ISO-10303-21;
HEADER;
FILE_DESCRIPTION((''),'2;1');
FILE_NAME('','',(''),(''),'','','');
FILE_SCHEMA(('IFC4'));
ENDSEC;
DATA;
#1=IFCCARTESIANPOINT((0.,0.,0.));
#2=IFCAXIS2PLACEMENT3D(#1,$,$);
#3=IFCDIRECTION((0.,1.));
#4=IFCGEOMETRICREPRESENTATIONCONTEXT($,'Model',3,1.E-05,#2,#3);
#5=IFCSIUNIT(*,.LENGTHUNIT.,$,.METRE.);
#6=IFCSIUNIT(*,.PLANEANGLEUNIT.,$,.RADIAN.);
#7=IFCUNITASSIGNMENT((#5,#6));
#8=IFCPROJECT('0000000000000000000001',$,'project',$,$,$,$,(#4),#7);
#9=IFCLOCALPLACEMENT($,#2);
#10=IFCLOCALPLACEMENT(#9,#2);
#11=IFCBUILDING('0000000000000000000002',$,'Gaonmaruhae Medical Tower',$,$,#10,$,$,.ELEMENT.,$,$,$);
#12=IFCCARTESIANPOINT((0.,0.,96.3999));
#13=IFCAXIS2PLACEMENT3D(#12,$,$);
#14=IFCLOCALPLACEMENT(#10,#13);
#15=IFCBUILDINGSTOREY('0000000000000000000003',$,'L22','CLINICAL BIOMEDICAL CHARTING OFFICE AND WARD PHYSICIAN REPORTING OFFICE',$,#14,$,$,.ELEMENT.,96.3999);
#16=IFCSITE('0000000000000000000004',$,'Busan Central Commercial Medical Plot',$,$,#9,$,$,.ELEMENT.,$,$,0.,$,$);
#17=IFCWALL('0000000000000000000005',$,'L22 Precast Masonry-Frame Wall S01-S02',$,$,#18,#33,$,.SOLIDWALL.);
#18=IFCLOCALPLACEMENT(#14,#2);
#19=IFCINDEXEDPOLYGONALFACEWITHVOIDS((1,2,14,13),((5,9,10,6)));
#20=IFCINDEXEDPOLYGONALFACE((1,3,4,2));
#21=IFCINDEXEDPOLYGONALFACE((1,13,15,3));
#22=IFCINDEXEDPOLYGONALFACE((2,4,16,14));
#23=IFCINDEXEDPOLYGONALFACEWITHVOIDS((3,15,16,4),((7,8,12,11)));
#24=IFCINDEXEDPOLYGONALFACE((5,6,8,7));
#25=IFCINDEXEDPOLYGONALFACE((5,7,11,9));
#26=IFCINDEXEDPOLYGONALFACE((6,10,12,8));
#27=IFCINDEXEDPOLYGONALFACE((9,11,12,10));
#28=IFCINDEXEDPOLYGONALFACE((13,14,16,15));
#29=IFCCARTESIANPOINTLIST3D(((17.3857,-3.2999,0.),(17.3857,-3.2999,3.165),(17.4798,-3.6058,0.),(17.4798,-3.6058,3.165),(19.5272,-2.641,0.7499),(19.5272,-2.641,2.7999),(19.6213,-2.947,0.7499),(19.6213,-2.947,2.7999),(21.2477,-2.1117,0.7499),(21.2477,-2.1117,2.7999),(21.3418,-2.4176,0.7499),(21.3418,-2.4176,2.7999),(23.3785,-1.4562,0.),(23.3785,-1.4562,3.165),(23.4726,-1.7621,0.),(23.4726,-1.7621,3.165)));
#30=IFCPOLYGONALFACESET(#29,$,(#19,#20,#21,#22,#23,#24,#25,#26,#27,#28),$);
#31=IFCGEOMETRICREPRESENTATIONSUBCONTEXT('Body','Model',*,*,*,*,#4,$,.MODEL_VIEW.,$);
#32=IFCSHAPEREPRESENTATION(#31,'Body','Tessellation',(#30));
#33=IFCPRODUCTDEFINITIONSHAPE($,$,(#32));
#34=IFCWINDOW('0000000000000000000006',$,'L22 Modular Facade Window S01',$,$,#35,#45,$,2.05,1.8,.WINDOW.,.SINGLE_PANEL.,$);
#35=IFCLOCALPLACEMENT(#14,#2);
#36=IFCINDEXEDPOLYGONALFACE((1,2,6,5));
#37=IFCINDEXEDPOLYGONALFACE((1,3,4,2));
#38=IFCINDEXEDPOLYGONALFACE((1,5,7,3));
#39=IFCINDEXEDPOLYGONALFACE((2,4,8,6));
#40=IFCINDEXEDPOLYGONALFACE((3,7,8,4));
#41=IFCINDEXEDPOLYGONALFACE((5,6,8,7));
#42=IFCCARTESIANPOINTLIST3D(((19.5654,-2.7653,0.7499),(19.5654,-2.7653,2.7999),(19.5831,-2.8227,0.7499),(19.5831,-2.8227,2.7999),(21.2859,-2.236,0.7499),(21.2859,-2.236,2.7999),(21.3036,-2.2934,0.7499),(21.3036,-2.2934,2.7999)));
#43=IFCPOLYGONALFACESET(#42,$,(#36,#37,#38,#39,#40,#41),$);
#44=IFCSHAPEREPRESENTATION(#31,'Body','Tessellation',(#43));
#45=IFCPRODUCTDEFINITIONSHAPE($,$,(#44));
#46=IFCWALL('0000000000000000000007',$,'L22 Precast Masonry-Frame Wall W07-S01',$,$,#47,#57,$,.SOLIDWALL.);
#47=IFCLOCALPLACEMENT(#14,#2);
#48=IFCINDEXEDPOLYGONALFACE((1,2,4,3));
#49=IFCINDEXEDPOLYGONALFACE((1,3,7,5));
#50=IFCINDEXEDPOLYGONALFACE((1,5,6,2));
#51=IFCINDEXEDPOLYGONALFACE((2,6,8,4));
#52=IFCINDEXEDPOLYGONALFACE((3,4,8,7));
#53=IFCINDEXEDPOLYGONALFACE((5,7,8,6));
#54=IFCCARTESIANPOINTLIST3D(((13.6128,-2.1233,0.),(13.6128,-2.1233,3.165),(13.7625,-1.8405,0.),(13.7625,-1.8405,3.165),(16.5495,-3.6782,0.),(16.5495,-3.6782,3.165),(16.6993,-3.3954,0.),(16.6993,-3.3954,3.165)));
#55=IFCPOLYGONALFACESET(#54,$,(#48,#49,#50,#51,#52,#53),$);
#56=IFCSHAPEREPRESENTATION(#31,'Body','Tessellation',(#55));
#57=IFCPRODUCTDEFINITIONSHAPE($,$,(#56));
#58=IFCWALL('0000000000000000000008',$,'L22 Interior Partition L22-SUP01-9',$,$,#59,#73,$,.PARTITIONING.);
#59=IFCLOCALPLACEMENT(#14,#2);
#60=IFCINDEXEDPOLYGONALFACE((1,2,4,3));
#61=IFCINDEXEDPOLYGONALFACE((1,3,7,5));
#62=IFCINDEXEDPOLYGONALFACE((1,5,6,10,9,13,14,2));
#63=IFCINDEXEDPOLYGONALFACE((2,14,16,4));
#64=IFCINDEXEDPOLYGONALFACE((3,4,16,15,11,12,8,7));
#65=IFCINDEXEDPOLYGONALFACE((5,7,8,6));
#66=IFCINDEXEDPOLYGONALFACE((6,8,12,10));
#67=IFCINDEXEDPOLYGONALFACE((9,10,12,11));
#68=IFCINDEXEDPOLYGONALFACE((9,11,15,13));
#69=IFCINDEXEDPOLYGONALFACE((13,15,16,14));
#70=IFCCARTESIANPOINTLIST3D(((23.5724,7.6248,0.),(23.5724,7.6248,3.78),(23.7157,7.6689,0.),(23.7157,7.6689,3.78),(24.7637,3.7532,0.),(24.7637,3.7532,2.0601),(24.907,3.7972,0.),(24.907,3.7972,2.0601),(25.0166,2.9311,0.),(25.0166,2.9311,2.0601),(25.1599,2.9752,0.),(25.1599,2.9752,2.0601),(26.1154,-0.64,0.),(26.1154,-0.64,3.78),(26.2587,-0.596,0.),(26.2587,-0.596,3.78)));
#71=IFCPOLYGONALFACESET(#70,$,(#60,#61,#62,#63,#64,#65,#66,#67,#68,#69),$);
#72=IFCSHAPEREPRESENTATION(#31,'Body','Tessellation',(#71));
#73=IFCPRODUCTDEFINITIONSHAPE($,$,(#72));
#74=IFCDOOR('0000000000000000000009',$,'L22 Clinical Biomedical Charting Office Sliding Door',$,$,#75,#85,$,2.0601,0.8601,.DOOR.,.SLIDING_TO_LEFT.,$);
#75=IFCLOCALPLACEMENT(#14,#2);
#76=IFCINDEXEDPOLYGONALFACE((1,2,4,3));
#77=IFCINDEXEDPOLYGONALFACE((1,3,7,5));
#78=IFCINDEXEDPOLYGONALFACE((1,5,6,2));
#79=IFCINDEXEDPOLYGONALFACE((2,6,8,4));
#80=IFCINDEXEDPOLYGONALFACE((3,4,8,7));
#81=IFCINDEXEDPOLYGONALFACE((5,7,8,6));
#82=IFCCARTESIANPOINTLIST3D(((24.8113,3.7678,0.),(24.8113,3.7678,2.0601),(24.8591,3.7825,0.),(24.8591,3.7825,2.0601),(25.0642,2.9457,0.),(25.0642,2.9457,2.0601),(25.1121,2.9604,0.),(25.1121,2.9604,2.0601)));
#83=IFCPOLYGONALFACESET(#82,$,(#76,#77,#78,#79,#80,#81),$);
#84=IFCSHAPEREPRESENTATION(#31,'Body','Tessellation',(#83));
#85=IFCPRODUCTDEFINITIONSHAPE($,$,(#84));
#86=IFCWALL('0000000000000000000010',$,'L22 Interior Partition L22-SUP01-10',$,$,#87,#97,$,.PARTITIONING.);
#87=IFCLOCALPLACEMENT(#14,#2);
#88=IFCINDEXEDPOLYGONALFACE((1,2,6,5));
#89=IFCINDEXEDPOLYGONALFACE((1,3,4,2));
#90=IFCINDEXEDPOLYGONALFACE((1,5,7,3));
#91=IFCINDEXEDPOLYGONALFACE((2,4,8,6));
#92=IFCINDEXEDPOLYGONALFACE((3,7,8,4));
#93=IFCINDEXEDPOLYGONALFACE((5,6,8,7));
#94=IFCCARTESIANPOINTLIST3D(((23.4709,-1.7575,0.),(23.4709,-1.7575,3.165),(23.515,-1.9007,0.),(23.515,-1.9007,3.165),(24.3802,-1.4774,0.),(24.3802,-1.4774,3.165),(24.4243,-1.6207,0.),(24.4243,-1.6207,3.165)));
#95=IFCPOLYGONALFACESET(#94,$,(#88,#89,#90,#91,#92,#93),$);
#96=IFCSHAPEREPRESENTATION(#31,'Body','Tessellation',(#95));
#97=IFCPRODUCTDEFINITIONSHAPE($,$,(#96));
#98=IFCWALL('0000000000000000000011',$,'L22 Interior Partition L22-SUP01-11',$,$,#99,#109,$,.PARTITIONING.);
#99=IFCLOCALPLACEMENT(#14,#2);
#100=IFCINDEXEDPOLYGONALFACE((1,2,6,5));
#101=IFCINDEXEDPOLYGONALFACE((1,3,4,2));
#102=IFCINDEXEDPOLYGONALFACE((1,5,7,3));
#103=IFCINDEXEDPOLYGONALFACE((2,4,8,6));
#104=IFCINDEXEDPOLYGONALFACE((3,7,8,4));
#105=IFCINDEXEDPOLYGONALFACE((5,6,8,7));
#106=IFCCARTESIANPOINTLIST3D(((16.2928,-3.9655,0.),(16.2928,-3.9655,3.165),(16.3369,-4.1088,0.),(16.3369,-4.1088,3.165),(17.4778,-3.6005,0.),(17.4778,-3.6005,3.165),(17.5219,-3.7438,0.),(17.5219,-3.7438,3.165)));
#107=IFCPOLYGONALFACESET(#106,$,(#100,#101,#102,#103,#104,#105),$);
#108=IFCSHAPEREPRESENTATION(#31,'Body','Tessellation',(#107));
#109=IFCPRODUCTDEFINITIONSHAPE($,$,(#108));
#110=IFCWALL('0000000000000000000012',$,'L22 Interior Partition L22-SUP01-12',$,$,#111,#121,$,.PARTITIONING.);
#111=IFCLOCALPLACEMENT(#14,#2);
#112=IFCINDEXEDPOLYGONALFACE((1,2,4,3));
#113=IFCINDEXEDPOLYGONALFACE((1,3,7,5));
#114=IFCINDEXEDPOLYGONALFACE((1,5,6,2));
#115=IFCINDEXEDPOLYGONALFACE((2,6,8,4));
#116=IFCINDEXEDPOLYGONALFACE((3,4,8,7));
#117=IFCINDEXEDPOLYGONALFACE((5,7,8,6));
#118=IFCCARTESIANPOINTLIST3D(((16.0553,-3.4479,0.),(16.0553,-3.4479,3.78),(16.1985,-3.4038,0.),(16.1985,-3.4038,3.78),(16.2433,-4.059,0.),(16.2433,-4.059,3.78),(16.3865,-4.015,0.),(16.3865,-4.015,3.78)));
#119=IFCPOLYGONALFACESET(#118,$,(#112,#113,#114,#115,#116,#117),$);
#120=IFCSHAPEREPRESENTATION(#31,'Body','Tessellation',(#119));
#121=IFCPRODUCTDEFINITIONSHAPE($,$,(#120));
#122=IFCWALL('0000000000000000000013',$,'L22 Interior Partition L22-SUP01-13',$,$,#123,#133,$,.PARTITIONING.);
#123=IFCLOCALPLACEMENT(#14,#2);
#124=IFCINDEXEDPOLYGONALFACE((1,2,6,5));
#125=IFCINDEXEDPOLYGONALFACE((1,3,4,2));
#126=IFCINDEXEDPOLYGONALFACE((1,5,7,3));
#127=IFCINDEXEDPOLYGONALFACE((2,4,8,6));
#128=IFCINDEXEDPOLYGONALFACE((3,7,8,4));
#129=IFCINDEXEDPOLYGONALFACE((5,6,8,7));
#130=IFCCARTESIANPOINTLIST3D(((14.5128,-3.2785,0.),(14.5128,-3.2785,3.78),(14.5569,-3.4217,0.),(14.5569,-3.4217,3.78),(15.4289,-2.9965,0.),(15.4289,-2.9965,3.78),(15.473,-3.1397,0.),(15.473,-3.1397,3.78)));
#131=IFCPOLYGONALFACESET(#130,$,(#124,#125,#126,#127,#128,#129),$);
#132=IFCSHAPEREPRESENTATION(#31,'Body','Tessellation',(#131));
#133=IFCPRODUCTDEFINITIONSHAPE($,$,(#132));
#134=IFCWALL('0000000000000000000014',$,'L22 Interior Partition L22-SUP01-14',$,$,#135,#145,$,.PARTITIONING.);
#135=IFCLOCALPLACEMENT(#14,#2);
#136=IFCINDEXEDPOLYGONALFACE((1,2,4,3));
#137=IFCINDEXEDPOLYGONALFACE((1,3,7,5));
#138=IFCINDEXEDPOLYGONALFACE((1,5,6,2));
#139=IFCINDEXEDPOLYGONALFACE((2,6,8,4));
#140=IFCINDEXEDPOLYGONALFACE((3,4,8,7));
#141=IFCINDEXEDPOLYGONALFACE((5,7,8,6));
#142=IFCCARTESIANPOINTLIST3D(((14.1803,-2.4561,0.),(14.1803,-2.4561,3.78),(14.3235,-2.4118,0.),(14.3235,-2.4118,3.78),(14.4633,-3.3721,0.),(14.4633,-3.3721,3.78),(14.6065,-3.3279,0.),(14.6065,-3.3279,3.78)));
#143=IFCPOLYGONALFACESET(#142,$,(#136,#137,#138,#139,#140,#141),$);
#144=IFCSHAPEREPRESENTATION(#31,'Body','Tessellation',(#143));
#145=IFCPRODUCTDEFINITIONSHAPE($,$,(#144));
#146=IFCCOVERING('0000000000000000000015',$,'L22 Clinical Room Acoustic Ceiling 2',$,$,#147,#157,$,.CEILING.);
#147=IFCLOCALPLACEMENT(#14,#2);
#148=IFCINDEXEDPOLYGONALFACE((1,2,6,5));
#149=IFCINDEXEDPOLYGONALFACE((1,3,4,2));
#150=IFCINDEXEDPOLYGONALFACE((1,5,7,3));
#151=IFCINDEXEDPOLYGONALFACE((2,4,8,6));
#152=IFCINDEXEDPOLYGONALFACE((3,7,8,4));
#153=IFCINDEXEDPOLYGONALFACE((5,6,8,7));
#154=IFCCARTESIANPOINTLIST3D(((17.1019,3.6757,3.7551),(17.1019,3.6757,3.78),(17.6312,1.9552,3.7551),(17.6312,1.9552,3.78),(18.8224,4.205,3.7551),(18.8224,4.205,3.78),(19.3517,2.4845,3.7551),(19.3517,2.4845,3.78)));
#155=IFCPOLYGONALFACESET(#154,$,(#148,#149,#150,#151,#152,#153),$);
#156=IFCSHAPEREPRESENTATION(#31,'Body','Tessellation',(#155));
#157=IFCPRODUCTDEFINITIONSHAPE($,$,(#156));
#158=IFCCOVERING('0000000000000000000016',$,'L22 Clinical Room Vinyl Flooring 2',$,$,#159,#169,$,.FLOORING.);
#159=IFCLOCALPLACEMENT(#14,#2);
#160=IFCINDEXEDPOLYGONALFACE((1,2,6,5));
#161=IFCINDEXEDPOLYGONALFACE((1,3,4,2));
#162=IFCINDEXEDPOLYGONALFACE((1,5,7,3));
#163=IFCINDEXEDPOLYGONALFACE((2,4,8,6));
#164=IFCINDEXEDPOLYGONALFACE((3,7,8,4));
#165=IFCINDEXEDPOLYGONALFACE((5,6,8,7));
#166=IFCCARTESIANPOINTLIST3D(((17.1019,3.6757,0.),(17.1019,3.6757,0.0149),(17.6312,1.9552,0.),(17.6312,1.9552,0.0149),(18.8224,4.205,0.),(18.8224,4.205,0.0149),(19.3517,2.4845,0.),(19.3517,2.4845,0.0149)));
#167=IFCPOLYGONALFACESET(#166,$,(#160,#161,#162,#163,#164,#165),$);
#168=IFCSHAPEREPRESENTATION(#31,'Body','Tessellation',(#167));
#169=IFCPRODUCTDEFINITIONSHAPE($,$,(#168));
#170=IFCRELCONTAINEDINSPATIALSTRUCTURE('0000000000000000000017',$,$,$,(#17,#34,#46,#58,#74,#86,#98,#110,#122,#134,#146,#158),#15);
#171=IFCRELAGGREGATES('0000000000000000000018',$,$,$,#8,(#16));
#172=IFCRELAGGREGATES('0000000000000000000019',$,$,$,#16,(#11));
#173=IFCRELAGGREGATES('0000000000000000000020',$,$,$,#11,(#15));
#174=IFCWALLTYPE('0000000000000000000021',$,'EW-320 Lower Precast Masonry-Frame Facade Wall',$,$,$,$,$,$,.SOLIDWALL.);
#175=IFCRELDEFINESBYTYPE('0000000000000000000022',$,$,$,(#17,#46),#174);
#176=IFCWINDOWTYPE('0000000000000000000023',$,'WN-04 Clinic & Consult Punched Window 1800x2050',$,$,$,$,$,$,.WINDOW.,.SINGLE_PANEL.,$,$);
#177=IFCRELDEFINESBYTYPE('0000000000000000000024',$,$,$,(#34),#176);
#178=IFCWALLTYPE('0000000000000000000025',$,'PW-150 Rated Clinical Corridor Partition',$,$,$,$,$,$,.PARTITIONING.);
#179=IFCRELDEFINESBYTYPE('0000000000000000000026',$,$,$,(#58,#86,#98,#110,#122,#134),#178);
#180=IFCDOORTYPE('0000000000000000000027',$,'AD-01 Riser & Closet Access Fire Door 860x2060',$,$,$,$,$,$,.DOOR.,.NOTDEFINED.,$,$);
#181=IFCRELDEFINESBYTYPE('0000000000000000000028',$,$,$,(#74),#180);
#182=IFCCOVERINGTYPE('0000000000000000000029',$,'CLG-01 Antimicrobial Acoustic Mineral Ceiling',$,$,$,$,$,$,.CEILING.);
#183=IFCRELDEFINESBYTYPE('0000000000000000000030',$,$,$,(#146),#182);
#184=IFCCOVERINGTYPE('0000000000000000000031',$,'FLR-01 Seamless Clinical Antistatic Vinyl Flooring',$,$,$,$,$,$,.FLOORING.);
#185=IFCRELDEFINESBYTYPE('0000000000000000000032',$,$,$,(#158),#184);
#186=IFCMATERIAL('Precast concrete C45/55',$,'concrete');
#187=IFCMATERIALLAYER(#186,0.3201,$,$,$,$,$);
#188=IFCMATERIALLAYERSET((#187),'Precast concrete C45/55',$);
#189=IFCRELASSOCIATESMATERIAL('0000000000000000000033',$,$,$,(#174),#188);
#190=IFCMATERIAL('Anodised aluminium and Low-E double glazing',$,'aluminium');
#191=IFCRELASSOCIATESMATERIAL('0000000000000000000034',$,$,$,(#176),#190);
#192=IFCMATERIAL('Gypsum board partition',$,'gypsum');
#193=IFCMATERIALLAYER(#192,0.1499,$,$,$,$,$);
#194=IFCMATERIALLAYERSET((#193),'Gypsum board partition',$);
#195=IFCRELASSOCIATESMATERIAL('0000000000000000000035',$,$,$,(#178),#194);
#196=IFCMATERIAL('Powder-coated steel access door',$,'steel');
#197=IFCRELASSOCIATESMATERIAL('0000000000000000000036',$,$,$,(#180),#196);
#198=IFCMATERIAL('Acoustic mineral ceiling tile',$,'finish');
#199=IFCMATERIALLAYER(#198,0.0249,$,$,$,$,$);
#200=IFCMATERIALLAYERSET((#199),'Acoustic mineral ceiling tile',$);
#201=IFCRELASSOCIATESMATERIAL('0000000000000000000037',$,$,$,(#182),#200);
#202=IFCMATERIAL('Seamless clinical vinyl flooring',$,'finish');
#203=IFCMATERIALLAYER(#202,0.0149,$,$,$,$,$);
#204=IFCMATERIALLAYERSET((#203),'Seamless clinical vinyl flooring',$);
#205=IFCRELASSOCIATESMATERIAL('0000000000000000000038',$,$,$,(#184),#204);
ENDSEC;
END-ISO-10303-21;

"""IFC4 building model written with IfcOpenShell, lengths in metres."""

from ifc_helpers import new_model, si_unit, direction, frame, frame_2d, origin, origin_2d, place, context, subcontext, project, spatial, rectangle, extrude, material, layer, layer_set, type_object, element, fill, save


model = new_model("IFC4")

# Units and contexts
model_context = context("Model", 3, precision=1e-05, world=origin(), true_north=direction((0.0, 1.0)))
body_context = subcontext(model_context, "Body", "Model", "MODEL_VIEW")
ifc_project = project(units=[si_unit("LENGTHUNIT", "METRE"), si_unit("PLANEANGLEUNIT", "RADIAN")], contexts=[model_context])

# Site, building, storey
site_placement = place(None, origin())
site = spatial("IfcSite", under=ifc_project, at=site_placement, Name="Busan Central Commercial Medical Plot", CompositionType="ELEMENT", RefElevation=0.0)
building_placement = place(site_placement, origin())
building = spatial("IfcBuilding", under=site, at=building_placement, Name="Gaonmaruhae Medical Tower", CompositionType="ELEMENT")
storey_placement = place(building_placement, frame((0.0, 0.0, 96.3999)))
storey = spatial("IfcBuildingStorey", under=building, at=storey_placement, Name="L22", Description="CLINICAL BIOMEDICAL CHARTING OFFICE AND WARD PHYSICIAN REPORTING OFFICE", CompositionType="ELEMENT", Elevation=96.3999)

# Wall, opening, window
ifc_material_1 = material(Name="Precast concrete C45/55", Category="concrete")
ifc_layer_1 = layer(ifc_material_1, 0.3201)
ifc_layer_set_1 = layer_set([ifc_layer_1], Name="Precast concrete C45/55")
wall_type_1 = type_object("IfcWallType", Name="EW-320 Lower Precast Masonry-Frame Facade Wall", PredefinedType="SOLIDWALL", material=ifc_layer_set_1)
wall_1_placement = place(storey_placement, frame((23.4255, -1.6091, 0.0), z_axis=(0.0, 0.0, 1.0), x_axis=(-0.955789, -0.294053, 0.0)))
wall_1 = element("IfcWall", 1, at=wall_1_placement, inside=storey, type_object=wall_type_1, Name="L22 Precast Masonry-Frame Wall S01-S02", PredefinedType="SOLIDWALL", context=body_context, shape_type="SweptSolid", body=[
    extrude(rectangle(XDim=6.27, YDim=0.3201, at=frame_2d((3.135, 0.0))), origin(), (0.0, 0.0, 1.0), 3.165),
])
opening_1_placement = place(wall_1_placement, frame((2.2295, 0.0, 0.75)))
opening_1 = element("IfcOpeningElement", 2, at=opening_1_placement, cuts=wall_1, PredefinedType="OPENING", context=body_context, shape_type="SweptSolid", body=[
    extrude(rectangle(XDim=1.8, YDim=2.05, at=frame_2d((0.8999, 1.0249))), frame((0.0, 0.1699, 0.0), z_axis=(0.0, -1.0, 0.0), x_axis=(1.0, 0.0, 0.0)), (0.0, 0.0, 1.0), 0.3401),
])
ifc_material_2 = material(Name="Anodised aluminium and Low-E double glazing", Category="aluminium")
window_type = type_object("IfcWindowType", Name="WN-04 Clinic & Consult Punched Window 1800x2050", PartitioningType="SINGLE_PANEL", PredefinedType="WINDOW", material=ifc_material_2)
window_placement = place(opening_1_placement, origin())
window = element("IfcWindow", 3, at=window_placement, inside=storey, type_object=window_type, Name="L22 Modular Facade Window S01", OverallHeight=2.05, OverallWidth=1.8, PartitioningType="SINGLE_PANEL", PredefinedType="WINDOW", context=body_context, shape_type="SweptSolid", body=[
    extrude(rectangle(XDim=1.8, YDim=2.05, at=frame_2d((0.8999, 1.0249))), frame((0.0, 0.03, 0.0), z_axis=(0.0, -1.0, 0.0), x_axis=(1.0, 0.0, 0.0)), (0.0, 0.0, 1.0), 0.0601),
])
fill(opening_1, window)

# Wall
wall_2_placement = place(storey_placement, frame((16.6245, -3.5369, 0.0), z_axis=(0.0, 0.0, 1.0), x_axis=(-0.883766, 0.467928, 0.0)))
element("IfcWall", 4, at=wall_2_placement, inside=storey, type_object=wall_type_1, Name="L22 Precast Masonry-Frame Wall W07-S01", PredefinedType="SOLIDWALL", context=body_context, shape_type="SweptSolid", body=[
    extrude(rectangle(XDim=3.323, YDim=0.3201, at=frame_2d((1.6616, 0.0))), origin(), (0.0, 0.0, 1.0), 3.165),
])

# Wall, opening, door
ifc_material_3 = material(Name="Gypsum board partition", Category="gypsum")
ifc_layer_2 = layer(ifc_material_3, 0.1499)
ifc_layer_set_2 = layer_set([ifc_layer_2], Name="Gypsum board partition")
wall_type_2 = type_object("IfcWallType", Name="PW-150 Rated Clinical Corridor Partition", PredefinedType="PARTITIONING", material=ifc_layer_set_2)
wall_3_placement = place(storey_placement, frame((23.644, 7.647, 0.0), z_axis=(0.0, 0.0, 1.0), x_axis=(0.294078, -0.955781, 0.0)))
wall_3 = element("IfcWall", 5, at=wall_3_placement, inside=storey, type_object=wall_type_2, Name="L22 Interior Partition L22-SUP01-9", PredefinedType="PARTITIONING", context=body_context, shape_type="SweptSolid", body=[
    extrude(rectangle(XDim=8.6472, YDim=0.1499, at=frame_2d((4.3237, 0.0))), origin(), (0.0, 0.0, 1.0), 3.78),
])
opening_2_placement = place(wall_3_placement, frame((4.0508, 0.0, 0.0)))
opening_2 = element("IfcOpeningElement", 6, at=opening_2_placement, cuts=wall_3, PredefinedType="OPENING", context=body_context, shape_type="SweptSolid", body=[
    extrude(rectangle(XDim=0.8601, YDim=2.0601, at=frame_2d((0.4302, 1.03))), frame((0.0, 0.085, 0.0), z_axis=(0.0, -1.0, 0.0), x_axis=(1.0, 0.0, 0.0)), (0.0, 0.0, 1.0), 0.1699),
])
ifc_material_4 = material(Name="Powder-coated steel access door", Category="steel")
door_type = type_object("IfcDoorType", Name="AD-01 Riser & Closet Access Fire Door 860x2060", OperationType="NOTDEFINED", PredefinedType="DOOR", material=ifc_material_4)
door_placement = place(opening_2_placement, origin())
door = element("IfcDoor", 7, at=door_placement, inside=storey, type_object=door_type, Name="L22 Clinical Biomedical Charting Office Sliding Door", OperationType="SLIDING_TO_LEFT", OverallHeight=2.0601, OverallWidth=0.8601, PredefinedType="DOOR", context=body_context, shape_type="SweptSolid", body=[
    extrude(rectangle(XDim=0.8601, YDim=2.0601, at=frame_2d((0.4302, 1.03))), frame((0.0, 0.0249, 0.0), z_axis=(0.0, -1.0, 0.0), x_axis=(1.0, 0.0, 0.0)), (0.0, 0.0, 1.0), 0.05),
])
fill(opening_2, door)

# Walls
wall_4_placement = place(storey_placement, frame((24.4021, -1.5491, 0.0), z_axis=(0.0, 0.0, 1.0), x_axis=(-0.955696, -0.294356, 0.0)))
element("IfcWall", 8, at=wall_4_placement, inside=storey, type_object=wall_type_2, Name="L22 Interior Partition L22-SUP01-10", PredefinedType="PARTITIONING", context=body_context, shape_type="SweptSolid", body=[
    extrude(rectangle(XDim=0.9514, YDim=0.1499, at=frame_2d((0.4756, 0.0))), origin(), (0.0, 0.0, 1.0), 3.165),
])
wall_5_placement = place(storey_placement, frame((17.5, -3.6721, 0.0), z_axis=(0.0, 0.0, 1.0), x_axis=(-0.955698, -0.294349, 0.0)))
element("IfcWall", 9, at=wall_5_placement, inside=storey, type_object=wall_type_2, Name="L22 Interior Partition L22-SUP01-11", PredefinedType="PARTITIONING", context=body_context, shape_type="SweptSolid", body=[
    extrude(rectangle(XDim=1.24, YDim=0.1499, at=frame_2d((0.6201, 0.0))), origin(), (0.0, 0.0, 1.0), 3.165),
])
wall_6_placement = place(storey_placement, frame((16.3149, -4.0371, 0.0), z_axis=(0.0, 0.0, 1.0), x_axis=(-0.294032, 0.955796, 0.0)))
element("IfcWall", 10, at=wall_6_placement, inside=storey, type_object=wall_type_2, Name="L22 Interior Partition L22-SUP01-12", PredefinedType="PARTITIONING", context=body_context, shape_type="SweptSolid", body=[
    extrude(rectangle(XDim=0.6394, YDim=0.1499, at=frame_2d((0.3198, 0.0))), origin(), (0.0, 0.0, 1.0), 3.78),
])
wall_7_placement = place(storey_placement, frame((15.4509, -3.0681, 0.0), z_axis=(0.0, 0.0, 1.0), x_axis=(-0.95574, -0.294211, 0.0)))
element("IfcWall", 11, at=wall_7_placement, inside=storey, type_object=wall_type_2, Name="L22 Interior Partition L22-SUP01-13", PredefinedType="PARTITIONING", context=body_context, shape_type="SweptSolid", body=[
    extrude(rectangle(XDim=0.9585, YDim=0.1499, at=frame_2d((0.4792, 0.0))), origin(), (0.0, 0.0, 1.0), 3.78),
])
wall_8_placement = place(storey_placement, frame((14.5349, -3.3501, 0.0), z_axis=(0.0, 0.0, 1.0), x_axis=(-0.295141, 0.955454, 0.0)))
element("IfcWall", 12, at=wall_8_placement, inside=storey, type_object=wall_type_2, Name="L22 Interior Partition L22-SUP01-14", PredefinedType="PARTITIONING", context=body_context, shape_type="SweptSolid", body=[
    extrude(rectangle(XDim=0.9587, YDim=0.1499, at=frame_2d((0.4795, 0.0))), origin(), (0.0, 0.0, 1.0), 3.78),
])

# Coverings
ifc_material_5 = material(Name="Acoustic mineral ceiling tile", Category="finish")
ifc_layer_3 = layer(ifc_material_5, 0.0249)
ifc_layer_set_3 = layer_set([ifc_layer_3], Name="Acoustic mineral ceiling tile")
covering_type_1 = type_object("IfcCoveringType", Name="CLG-01 Antimicrobial Acoustic Mineral Ceiling", PredefinedType="CEILING", material=ifc_layer_set_3)
covering_1_placement = place(storey_placement, frame((18.2268, 3.0801, 3.7551), z_axis=(0.0, 0.0, 1.0), x_axis=(0.955793, 0.29404, 0.0)))
element("IfcCovering", 13, at=covering_1_placement, inside=storey, type_object=covering_type_1, Name="L22 Clinical Room Acoustic Ceiling 2", PredefinedType="CEILING", context=body_context, shape_type="SweptSolid", body=[
    extrude(rectangle(XDim=1.8, YDim=1.8, at=origin_2d()), origin(), (0.0, 0.0, 1.0), 0.0249),
])
ifc_material_6 = material(Name="Seamless clinical vinyl flooring", Category="finish")
ifc_layer_4 = layer(ifc_material_6, 0.0149)
ifc_layer_set_4 = layer_set([ifc_layer_4], Name="Seamless clinical vinyl flooring")
covering_type_2 = type_object("IfcCoveringType", Name="FLR-01 Seamless Clinical Antistatic Vinyl Flooring", PredefinedType="FLOORING", material=ifc_layer_set_4)
covering_2_placement = place(storey_placement, frame((18.2268, 3.0801, 0.0), z_axis=(0.0, 0.0, 1.0), x_axis=(0.955793, 0.29404, 0.0)))
element("IfcCovering", 14, at=covering_2_placement, inside=storey, type_object=covering_type_2, Name="L22 Clinical Room Vinyl Flooring 2", PredefinedType="FLOORING", context=body_context, shape_type="SweptSolid", body=[
    extrude(rectangle(XDim=1.8, YDim=1.8, at=origin_2d()), origin(), (0.0, 0.0, 1.0), 0.0149),
])

save(model, "model.ifc")
